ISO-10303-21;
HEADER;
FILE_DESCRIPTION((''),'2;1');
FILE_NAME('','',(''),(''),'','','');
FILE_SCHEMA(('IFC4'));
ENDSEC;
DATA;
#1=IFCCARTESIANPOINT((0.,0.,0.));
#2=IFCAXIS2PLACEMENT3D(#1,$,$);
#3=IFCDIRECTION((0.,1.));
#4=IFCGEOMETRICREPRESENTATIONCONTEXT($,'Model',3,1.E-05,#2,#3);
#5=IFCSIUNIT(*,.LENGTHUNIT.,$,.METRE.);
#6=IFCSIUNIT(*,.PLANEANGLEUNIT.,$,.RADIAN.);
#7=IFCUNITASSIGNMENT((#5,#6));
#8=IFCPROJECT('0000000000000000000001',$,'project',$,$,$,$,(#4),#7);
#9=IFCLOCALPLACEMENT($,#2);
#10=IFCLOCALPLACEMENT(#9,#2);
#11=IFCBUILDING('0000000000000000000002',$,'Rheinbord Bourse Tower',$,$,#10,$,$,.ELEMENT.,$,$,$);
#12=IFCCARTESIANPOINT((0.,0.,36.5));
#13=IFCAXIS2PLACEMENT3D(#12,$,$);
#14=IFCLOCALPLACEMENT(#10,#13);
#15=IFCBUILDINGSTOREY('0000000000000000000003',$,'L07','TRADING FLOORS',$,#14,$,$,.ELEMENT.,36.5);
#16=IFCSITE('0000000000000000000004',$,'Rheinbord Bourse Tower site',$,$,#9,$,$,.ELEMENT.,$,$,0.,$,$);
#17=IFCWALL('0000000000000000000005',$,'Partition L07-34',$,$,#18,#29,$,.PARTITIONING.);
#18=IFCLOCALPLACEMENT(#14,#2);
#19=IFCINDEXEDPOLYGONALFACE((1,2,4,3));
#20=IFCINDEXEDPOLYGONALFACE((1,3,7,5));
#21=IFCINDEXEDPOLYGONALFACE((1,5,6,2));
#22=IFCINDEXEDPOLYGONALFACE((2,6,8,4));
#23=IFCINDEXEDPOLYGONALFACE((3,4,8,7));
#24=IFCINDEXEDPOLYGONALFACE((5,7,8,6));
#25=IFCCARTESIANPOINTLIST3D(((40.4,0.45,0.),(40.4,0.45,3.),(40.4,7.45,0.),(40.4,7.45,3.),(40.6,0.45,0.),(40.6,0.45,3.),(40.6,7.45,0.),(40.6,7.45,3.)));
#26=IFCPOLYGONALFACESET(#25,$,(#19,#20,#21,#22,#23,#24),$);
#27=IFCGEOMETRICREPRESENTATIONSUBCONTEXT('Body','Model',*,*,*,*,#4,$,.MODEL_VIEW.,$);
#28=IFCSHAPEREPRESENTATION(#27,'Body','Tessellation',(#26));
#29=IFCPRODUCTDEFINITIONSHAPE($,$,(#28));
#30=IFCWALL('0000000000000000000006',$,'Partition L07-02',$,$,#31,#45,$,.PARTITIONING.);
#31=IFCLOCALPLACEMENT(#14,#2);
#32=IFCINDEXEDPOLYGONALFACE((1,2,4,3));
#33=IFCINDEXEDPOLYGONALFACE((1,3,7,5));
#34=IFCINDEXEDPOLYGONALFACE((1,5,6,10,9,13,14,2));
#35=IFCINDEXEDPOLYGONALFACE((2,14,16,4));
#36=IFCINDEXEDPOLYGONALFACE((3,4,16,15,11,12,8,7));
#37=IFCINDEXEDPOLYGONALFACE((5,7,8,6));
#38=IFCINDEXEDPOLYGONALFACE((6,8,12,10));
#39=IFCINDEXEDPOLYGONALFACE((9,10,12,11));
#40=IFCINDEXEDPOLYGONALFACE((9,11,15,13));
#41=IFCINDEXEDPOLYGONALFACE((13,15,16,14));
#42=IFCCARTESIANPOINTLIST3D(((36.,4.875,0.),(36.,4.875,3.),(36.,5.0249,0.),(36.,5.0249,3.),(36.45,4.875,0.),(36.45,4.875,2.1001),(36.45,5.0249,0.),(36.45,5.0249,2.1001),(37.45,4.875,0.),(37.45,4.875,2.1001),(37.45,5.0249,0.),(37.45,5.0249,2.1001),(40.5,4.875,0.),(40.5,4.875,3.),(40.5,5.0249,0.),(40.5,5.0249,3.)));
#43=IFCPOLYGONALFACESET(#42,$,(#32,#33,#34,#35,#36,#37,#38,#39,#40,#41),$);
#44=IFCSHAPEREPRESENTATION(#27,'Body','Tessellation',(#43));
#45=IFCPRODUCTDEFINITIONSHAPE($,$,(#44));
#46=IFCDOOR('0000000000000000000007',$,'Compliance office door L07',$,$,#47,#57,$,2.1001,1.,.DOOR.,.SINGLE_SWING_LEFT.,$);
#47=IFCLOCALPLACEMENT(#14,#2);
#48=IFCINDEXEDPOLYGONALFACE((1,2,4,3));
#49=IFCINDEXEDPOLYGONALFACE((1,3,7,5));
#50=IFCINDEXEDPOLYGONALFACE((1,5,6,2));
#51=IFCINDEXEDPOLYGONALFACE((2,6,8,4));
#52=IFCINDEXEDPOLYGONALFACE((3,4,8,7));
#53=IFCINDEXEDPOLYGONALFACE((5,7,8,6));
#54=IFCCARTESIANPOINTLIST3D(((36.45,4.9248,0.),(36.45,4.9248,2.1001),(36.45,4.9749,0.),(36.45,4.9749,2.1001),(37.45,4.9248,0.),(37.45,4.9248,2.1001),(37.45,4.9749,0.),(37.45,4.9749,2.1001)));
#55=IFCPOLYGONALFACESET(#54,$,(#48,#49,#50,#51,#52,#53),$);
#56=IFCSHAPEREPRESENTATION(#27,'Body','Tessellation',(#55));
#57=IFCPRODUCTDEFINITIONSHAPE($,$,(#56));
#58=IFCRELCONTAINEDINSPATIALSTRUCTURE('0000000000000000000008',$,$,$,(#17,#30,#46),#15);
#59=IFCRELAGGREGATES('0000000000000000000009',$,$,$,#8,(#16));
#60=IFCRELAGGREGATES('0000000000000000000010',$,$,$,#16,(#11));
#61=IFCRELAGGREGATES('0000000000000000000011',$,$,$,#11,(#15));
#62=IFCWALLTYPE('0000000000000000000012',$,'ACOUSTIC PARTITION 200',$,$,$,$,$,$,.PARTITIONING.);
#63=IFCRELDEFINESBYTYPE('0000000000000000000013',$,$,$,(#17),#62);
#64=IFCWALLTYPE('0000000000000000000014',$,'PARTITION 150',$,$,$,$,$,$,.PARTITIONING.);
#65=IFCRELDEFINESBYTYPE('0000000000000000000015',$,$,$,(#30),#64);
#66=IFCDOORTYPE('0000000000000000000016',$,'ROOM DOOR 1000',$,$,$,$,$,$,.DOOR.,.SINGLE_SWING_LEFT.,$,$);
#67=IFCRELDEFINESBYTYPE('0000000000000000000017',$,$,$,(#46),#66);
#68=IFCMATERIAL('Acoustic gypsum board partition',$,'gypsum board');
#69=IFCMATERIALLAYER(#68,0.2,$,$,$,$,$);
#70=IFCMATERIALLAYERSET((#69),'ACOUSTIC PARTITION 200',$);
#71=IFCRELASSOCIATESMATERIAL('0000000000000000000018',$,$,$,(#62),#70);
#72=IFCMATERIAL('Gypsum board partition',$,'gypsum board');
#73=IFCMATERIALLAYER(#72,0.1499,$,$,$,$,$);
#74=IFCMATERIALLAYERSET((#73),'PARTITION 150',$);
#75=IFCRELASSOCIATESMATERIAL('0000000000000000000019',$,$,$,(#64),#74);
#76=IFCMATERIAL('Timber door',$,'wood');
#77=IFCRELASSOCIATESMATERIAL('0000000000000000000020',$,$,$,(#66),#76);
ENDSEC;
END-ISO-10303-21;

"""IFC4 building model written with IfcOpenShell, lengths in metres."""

from ifc_helpers import new_model, si_unit, direction, frame, frame_2d, origin, place, context, subcontext, project, spatial, rectangle, extrude, material, layer, layer_set, type_object, element, fill, save


model = new_model("IFC4")

# Units and contexts
model_context = context("Model", 3, precision=1e-05, world=origin(), true_north=direction((0.0, 1.0)))
body_context = subcontext(model_context, "Body", "Model", "MODEL_VIEW")
ifc_project = project(units=[si_unit("LENGTHUNIT", "METRE"), si_unit("PLANEANGLEUNIT", "RADIAN")], contexts=[model_context])

# Site, building, storey
site_placement = place(None, origin())
site = spatial("IfcSite", under=ifc_project, at=site_placement, Name="Rheinbord Bourse Tower site", CompositionType="ELEMENT", RefElevation=0.0)
building_placement = place(site_placement, origin())
building = spatial("IfcBuilding", under=site, at=building_placement, Name="Rheinbord Bourse Tower", CompositionType="ELEMENT")
storey_placement = place(building_placement, frame((0.0, 0.0, 36.5)))
storey = spatial("IfcBuildingStorey", under=building, at=storey_placement, Name="L07", Description="TRADING FLOORS", CompositionType="ELEMENT", Elevation=36.5)

# Wall
ifc_material_1 = material(Name="Acoustic gypsum board partition", Category="gypsum board")
ifc_layer_1 = layer(ifc_material_1, 0.2)
ifc_layer_set_1 = layer_set([ifc_layer_1], Name="ACOUSTIC PARTITION 200")
wall_type_1 = type_object("IfcWallType", Name="ACOUSTIC PARTITION 200", PredefinedType="PARTITIONING", material=ifc_layer_set_1)
wall_1_placement = place(storey_placement, frame((40.5, 0.45, 0.0), z_axis=(0.0, 0.0, 1.0), x_axis=(0.0, 1.0, 0.0)))
element("IfcWall", 1, at=wall_1_placement, inside=storey, type_object=wall_type_1, Name="Partition L07-34", PredefinedType="PARTITIONING", context=body_context, shape_type="SweptSolid", body=[
    extrude(rectangle(XDim=7.0, YDim=0.2, at=frame_2d((3.5, 0.0))), origin(), (0.0, 0.0, 1.0), 3.0),
])

# Wall, opening, door
ifc_material_2 = material(Name="Gypsum board partition", Category="gypsum board")
ifc_layer_2 = layer(ifc_material_2, 0.1499)
ifc_layer_set_2 = layer_set([ifc_layer_2], Name="PARTITION 150")
wall_type_2 = type_object("IfcWallType", Name="PARTITION 150", PredefinedType="PARTITIONING", material=ifc_layer_set_2)
wall_2_placement = place(storey_placement, frame((36.0, 4.95, 0.0), z_axis=(0.0, 0.0, 1.0), x_axis=(1.0, 0.0, 0.0)))
wall_2 = element("IfcWall", 2, at=wall_2_placement, inside=storey, type_object=wall_type_2, Name="Partition L07-02", PredefinedType="PARTITIONING", context=body_context, shape_type="SweptSolid", body=[
    extrude(rectangle(XDim=4.5, YDim=0.1499, at=frame_2d((2.25, 0.0))), origin(), (0.0, 0.0, 1.0), 3.0),
])
opening_placement = place(wall_2_placement, frame((0.45, 0.0, 0.0)))
opening = element("IfcOpeningElement", 3, at=opening_placement, cuts=wall_2, PredefinedType="OPENING", context=body_context, shape_type="SweptSolid", body=[
    extrude(rectangle(XDim=1.0, YDim=2.1001, at=frame_2d((0.5, 1.05))), frame((0.0, 0.085, 0.0), z_axis=(0.0, -1.0, 0.0), x_axis=(1.0, 0.0, 0.0)), (0.0, 0.0, 1.0), 0.1699),
])
ifc_material_3 = material(Name="Timber door", Category="wood")
door_type = type_object("IfcDoorType", Name="ROOM DOOR 1000", OperationType="SINGLE_SWING_LEFT", PredefinedType="DOOR", material=ifc_material_3)
door_placement = place(opening_placement, origin())
door = element("IfcDoor", 4, at=door_placement, inside=storey, type_object=door_type, Name="Compliance office door L07", OperationType="SINGLE_SWING_LEFT", OverallHeight=2.1001, OverallWidth=1.0, PredefinedType="DOOR", context=body_context, shape_type="SweptSolid", body=[
    extrude(rectangle(XDim=1.0, YDim=2.1001, at=frame_2d((0.5, 1.05))), frame((0.0, 0.0249, 0.0), z_axis=(0.0, -1.0, 0.0), x_axis=(1.0, 0.0, 0.0)), (0.0, 0.0, 1.0), 0.05),
])
fill(opening, door)

save(model, "model.ifc")
